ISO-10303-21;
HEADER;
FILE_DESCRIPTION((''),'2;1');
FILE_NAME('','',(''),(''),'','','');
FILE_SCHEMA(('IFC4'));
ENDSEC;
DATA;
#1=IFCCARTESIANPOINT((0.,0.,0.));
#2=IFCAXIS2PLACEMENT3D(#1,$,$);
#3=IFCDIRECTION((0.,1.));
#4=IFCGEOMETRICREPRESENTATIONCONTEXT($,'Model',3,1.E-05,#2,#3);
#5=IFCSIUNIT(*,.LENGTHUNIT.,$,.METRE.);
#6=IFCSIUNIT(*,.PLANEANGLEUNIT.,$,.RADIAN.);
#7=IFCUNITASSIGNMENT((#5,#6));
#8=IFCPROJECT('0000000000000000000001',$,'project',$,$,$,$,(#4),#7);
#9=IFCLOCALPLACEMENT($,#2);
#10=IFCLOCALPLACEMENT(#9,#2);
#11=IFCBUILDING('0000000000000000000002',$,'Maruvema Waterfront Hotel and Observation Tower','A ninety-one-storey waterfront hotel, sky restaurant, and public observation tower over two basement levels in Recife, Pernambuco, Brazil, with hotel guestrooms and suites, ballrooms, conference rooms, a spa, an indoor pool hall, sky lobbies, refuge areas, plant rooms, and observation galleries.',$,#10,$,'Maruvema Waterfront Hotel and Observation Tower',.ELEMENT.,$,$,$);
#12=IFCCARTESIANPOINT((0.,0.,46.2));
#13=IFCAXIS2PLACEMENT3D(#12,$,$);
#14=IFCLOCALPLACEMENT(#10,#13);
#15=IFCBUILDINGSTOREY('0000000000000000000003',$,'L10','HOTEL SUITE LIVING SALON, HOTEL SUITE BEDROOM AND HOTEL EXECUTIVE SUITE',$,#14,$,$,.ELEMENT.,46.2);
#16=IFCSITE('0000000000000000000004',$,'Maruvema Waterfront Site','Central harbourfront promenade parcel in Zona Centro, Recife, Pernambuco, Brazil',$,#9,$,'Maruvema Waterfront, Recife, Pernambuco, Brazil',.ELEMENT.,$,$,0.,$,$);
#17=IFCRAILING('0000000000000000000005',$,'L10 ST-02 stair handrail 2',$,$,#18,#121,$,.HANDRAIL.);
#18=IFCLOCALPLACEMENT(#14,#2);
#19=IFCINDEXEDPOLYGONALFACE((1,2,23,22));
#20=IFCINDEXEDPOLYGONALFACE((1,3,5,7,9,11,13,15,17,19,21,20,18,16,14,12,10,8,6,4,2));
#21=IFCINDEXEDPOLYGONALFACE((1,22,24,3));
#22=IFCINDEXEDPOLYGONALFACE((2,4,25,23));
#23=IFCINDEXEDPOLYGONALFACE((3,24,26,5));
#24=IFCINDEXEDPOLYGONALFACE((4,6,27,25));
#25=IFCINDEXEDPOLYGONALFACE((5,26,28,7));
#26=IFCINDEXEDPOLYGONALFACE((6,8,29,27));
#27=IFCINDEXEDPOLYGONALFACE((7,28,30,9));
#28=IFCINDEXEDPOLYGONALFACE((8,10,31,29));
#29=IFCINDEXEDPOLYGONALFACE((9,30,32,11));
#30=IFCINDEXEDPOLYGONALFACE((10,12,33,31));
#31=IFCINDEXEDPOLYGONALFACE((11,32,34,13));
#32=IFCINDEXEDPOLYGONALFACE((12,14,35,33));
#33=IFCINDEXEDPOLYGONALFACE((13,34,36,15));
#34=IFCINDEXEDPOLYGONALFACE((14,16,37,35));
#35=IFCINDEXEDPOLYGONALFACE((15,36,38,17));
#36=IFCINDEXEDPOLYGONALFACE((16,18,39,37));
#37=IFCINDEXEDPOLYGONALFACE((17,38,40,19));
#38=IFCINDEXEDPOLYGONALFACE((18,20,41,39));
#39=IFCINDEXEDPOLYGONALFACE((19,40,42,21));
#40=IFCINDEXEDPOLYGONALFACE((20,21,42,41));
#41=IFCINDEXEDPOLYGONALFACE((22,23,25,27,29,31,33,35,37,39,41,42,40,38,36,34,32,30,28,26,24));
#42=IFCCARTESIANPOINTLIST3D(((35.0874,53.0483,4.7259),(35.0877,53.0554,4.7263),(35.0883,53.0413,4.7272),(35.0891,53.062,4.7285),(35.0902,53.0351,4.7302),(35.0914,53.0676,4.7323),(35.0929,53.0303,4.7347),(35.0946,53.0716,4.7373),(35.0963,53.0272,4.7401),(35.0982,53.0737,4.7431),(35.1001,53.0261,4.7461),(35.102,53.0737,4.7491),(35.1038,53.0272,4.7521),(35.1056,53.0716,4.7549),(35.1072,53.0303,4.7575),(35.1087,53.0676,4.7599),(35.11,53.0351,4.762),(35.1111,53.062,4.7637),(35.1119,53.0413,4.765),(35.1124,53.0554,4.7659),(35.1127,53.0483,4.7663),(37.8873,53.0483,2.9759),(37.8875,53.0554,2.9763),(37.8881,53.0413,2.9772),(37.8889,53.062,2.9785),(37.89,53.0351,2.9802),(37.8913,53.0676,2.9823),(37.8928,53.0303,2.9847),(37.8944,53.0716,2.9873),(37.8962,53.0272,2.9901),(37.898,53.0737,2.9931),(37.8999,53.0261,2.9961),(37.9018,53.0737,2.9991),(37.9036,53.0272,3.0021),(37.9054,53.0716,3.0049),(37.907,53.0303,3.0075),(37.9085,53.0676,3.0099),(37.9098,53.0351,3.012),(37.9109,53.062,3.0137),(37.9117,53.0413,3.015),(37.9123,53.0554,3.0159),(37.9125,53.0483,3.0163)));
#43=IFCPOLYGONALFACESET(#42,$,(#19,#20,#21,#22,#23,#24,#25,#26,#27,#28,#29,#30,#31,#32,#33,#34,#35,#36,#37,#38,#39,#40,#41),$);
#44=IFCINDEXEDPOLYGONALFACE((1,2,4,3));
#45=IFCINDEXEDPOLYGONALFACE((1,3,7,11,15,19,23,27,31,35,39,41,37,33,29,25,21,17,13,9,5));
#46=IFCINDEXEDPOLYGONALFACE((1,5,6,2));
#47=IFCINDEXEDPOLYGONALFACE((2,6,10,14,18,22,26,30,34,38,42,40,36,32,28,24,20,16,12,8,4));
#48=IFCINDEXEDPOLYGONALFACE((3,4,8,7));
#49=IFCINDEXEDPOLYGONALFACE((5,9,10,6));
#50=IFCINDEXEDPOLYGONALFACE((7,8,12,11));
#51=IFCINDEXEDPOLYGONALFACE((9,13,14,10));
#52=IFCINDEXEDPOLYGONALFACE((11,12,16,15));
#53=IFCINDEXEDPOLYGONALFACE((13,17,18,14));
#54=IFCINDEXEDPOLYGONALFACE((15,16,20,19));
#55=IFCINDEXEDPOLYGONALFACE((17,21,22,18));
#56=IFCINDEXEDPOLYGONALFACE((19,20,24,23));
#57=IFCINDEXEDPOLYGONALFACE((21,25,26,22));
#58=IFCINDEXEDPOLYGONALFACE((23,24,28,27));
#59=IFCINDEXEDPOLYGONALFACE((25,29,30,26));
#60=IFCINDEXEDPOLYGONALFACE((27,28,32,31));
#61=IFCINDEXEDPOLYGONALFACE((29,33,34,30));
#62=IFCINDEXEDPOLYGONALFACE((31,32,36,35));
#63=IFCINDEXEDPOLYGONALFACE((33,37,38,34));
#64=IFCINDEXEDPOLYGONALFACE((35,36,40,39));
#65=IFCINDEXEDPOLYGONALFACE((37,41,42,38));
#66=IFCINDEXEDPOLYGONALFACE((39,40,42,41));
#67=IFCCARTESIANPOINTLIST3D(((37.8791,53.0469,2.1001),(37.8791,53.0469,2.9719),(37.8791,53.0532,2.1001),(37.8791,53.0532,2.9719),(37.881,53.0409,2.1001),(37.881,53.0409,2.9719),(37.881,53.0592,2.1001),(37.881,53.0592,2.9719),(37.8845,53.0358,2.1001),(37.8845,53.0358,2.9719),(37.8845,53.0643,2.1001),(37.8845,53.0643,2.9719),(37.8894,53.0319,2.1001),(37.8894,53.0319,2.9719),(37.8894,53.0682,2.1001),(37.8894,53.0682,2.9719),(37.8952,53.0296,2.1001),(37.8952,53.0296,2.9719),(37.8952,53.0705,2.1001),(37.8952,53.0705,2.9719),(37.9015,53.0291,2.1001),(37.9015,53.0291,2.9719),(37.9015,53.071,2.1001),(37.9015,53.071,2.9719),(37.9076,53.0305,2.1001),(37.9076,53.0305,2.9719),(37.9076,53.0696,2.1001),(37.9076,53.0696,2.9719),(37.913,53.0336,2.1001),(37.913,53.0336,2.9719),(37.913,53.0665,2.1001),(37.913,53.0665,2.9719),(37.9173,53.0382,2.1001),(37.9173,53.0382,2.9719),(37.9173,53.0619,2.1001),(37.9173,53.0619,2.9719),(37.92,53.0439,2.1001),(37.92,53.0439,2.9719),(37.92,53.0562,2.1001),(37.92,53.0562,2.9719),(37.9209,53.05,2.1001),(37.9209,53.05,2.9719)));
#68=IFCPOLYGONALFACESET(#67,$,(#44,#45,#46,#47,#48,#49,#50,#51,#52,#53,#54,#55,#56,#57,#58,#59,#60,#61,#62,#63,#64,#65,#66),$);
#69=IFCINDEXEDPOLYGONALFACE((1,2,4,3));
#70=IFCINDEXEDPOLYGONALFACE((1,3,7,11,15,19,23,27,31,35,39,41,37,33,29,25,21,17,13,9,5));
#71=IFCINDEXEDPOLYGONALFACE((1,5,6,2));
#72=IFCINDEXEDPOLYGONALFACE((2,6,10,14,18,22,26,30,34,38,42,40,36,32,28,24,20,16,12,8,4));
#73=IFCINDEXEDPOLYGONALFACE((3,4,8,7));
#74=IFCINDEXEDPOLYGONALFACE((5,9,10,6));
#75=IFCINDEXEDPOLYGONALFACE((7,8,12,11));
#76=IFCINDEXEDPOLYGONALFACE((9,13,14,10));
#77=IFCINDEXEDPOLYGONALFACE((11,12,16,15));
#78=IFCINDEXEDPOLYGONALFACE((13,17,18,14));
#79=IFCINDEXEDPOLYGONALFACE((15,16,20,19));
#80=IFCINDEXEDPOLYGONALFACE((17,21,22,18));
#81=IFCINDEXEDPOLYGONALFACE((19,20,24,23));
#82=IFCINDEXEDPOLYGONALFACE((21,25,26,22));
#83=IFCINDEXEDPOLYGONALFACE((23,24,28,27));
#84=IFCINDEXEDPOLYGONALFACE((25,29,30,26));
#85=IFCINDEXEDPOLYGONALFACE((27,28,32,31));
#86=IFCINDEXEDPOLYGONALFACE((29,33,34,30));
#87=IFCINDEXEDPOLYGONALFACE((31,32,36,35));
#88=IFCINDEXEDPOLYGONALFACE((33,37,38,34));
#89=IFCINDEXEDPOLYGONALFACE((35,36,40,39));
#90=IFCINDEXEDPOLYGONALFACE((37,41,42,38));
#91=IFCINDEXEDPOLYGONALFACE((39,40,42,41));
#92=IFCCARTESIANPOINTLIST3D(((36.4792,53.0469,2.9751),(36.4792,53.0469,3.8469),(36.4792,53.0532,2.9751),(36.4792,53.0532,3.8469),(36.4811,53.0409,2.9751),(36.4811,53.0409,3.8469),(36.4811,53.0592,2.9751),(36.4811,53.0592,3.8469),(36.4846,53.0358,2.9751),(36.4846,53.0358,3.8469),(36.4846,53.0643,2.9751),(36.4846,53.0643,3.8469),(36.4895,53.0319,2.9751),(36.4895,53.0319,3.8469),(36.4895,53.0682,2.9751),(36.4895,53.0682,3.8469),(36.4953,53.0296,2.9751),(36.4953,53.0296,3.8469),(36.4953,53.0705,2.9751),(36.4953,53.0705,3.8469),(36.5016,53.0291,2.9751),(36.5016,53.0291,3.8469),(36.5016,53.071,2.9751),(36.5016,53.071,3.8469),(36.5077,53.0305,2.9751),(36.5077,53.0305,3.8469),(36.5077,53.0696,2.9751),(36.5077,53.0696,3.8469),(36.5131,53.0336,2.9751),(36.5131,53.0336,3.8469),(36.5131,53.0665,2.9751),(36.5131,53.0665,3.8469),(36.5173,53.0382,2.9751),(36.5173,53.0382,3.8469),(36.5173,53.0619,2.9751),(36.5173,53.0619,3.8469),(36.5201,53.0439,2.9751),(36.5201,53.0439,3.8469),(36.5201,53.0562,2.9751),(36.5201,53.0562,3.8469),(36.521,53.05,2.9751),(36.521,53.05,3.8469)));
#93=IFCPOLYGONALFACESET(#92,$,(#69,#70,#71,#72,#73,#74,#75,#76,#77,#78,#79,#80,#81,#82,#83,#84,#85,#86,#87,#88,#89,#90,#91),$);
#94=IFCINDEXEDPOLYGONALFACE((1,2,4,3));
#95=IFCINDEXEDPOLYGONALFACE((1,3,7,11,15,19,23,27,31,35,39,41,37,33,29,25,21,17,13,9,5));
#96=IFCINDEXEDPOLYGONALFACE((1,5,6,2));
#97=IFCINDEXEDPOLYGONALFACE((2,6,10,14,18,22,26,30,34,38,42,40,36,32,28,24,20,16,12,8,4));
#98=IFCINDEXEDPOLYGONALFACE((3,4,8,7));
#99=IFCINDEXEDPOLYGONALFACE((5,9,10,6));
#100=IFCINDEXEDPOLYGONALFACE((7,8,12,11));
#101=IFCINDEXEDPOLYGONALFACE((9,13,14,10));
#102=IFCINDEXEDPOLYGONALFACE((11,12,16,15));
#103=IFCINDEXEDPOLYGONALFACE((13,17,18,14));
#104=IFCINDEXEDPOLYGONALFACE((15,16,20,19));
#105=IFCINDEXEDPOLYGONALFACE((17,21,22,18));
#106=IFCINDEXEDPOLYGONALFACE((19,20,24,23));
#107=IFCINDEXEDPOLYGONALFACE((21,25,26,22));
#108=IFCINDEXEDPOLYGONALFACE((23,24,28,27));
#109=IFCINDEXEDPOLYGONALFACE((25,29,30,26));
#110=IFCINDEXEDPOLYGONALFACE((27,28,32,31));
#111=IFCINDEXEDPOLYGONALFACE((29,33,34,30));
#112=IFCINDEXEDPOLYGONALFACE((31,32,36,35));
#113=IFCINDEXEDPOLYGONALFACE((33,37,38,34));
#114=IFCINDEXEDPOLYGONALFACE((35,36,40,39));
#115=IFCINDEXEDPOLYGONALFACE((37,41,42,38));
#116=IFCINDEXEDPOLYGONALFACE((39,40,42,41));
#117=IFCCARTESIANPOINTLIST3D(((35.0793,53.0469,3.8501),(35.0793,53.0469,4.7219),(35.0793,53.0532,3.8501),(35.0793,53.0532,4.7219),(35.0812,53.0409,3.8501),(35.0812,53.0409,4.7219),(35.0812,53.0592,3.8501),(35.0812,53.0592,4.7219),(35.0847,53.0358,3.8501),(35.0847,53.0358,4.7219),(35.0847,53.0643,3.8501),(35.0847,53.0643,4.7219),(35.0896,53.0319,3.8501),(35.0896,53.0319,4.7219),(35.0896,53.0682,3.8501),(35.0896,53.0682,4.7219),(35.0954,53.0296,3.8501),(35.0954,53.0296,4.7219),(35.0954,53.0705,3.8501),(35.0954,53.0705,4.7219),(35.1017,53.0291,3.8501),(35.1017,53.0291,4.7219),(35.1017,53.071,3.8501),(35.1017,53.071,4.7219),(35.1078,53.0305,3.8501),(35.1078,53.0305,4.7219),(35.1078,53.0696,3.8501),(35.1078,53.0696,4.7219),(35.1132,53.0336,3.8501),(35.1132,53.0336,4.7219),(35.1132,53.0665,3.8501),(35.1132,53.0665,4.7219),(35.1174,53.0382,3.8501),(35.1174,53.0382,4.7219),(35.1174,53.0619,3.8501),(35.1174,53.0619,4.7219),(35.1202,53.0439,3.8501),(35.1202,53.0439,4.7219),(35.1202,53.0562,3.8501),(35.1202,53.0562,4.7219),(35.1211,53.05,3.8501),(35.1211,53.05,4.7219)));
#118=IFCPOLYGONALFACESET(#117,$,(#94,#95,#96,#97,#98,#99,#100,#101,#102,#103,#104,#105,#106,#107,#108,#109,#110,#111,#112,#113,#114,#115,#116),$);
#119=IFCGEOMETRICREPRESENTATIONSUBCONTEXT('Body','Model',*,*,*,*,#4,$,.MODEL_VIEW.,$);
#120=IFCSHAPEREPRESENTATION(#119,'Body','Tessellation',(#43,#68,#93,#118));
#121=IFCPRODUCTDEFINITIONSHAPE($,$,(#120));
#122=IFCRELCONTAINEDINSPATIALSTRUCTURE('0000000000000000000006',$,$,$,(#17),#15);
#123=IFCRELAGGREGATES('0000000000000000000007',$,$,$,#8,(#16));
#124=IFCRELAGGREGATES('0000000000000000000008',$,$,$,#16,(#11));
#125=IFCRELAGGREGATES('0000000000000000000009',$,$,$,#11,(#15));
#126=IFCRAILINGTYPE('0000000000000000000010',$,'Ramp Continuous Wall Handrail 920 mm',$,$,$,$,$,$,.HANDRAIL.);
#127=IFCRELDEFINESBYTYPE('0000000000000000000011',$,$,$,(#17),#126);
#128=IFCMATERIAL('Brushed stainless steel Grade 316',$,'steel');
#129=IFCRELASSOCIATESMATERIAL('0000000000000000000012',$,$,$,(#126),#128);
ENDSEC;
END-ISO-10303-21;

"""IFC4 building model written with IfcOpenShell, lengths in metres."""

from ifc_helpers import new_model, si_unit, direction, frame, origin, origin_2d, place, context, subcontext, project, spatial, circle, extrude, material, type_object, element, save


model = new_model("IFC4")

# Units and contexts
model_context = context("Model", 3, precision=1e-05, world=origin(), true_north=direction((0.0, 1.0)))
body_context = subcontext(model_context, "Body", "Model", "MODEL_VIEW")
ifc_project = project(units=[si_unit("LENGTHUNIT", "METRE"), si_unit("PLANEANGLEUNIT", "RADIAN")], contexts=[model_context])

# Site, building, storey
site_placement = place(None, origin())
site = spatial("IfcSite", under=ifc_project, at=site_placement, Name="Maruvema Waterfront Site", Description="Central harbourfront promenade parcel in Zona Centro, Recife, Pernambuco, Brazil", LongName="Maruvema Waterfront, Recife, Pernambuco, Brazil", CompositionType="ELEMENT", RefElevation=0.0)
building_placement = place(site_placement, origin())
building = spatial("IfcBuilding", under=site, at=building_placement, Name="Maruvema Waterfront Hotel and Observation Tower", Description="A ninety-one-storey waterfront hotel, sky restaurant, and public observation tower over two basement levels in Recife, Pernambuco, Brazil, with hotel guestrooms and suites, ballrooms, conference rooms, a spa, an indoor pool hall, sky lobbies, refuge areas, plant rooms, and observation galleries.", LongName="Maruvema Waterfront Hotel and Observation Tower", CompositionType="ELEMENT")
storey_placement = place(building_placement, frame((0.0, 0.0, 46.2)))
storey = spatial("IfcBuildingStorey", under=building, at=storey_placement, Name="L10", Description="HOTEL SUITE LIVING SALON, HOTEL SUITE BEDROOM AND HOTEL EXECUTIVE SUITE", CompositionType="ELEMENT", Elevation=46.2)

# Railing
ifc_material_1 = material(Name="Brushed stainless steel Grade 316", Category="steel")
railing_type_1 = type_object("IfcRailingType", Name="Ramp Continuous Wall Handrail 920 mm", PredefinedType="HANDRAIL", material=ifc_material_1)
railing_1_placement = place(storey_placement, frame((37.8999, 53.05, 2.1001)))
element("IfcRailing", 1, at=railing_1_placement, inside=storey, type_object=railing_type_1, Name="L10 ST-02 stair handrail 2", PredefinedType="HANDRAIL", context=body_context, shape_type="SweptSolid", body=[
    extrude(circle(Radius=0.0239, at=origin_2d()), frame((0.0, 0.0, 0.896), z_axis=(-0.847982, 0.0, 0.530026), x_axis=(0.0, -1.0, 0.0)), (0.0, 0.0, 1.0), 3.3018),
    extrude(circle(Radius=0.021, at=origin_2d()), origin(), (0.0, 0.0, 1.0), 0.8718),
    extrude(circle(Radius=0.021, at=origin_2d()), frame((-1.3999, 0.0, 0.875)), (0.0, 0.0, 1.0), 0.8718),
    extrude(circle(Radius=0.021, at=origin_2d()), frame((-2.7998, 0.0, 1.75)), (0.0, 0.0, 1.0), 0.8718),
])

save(model, "model.ifc")
